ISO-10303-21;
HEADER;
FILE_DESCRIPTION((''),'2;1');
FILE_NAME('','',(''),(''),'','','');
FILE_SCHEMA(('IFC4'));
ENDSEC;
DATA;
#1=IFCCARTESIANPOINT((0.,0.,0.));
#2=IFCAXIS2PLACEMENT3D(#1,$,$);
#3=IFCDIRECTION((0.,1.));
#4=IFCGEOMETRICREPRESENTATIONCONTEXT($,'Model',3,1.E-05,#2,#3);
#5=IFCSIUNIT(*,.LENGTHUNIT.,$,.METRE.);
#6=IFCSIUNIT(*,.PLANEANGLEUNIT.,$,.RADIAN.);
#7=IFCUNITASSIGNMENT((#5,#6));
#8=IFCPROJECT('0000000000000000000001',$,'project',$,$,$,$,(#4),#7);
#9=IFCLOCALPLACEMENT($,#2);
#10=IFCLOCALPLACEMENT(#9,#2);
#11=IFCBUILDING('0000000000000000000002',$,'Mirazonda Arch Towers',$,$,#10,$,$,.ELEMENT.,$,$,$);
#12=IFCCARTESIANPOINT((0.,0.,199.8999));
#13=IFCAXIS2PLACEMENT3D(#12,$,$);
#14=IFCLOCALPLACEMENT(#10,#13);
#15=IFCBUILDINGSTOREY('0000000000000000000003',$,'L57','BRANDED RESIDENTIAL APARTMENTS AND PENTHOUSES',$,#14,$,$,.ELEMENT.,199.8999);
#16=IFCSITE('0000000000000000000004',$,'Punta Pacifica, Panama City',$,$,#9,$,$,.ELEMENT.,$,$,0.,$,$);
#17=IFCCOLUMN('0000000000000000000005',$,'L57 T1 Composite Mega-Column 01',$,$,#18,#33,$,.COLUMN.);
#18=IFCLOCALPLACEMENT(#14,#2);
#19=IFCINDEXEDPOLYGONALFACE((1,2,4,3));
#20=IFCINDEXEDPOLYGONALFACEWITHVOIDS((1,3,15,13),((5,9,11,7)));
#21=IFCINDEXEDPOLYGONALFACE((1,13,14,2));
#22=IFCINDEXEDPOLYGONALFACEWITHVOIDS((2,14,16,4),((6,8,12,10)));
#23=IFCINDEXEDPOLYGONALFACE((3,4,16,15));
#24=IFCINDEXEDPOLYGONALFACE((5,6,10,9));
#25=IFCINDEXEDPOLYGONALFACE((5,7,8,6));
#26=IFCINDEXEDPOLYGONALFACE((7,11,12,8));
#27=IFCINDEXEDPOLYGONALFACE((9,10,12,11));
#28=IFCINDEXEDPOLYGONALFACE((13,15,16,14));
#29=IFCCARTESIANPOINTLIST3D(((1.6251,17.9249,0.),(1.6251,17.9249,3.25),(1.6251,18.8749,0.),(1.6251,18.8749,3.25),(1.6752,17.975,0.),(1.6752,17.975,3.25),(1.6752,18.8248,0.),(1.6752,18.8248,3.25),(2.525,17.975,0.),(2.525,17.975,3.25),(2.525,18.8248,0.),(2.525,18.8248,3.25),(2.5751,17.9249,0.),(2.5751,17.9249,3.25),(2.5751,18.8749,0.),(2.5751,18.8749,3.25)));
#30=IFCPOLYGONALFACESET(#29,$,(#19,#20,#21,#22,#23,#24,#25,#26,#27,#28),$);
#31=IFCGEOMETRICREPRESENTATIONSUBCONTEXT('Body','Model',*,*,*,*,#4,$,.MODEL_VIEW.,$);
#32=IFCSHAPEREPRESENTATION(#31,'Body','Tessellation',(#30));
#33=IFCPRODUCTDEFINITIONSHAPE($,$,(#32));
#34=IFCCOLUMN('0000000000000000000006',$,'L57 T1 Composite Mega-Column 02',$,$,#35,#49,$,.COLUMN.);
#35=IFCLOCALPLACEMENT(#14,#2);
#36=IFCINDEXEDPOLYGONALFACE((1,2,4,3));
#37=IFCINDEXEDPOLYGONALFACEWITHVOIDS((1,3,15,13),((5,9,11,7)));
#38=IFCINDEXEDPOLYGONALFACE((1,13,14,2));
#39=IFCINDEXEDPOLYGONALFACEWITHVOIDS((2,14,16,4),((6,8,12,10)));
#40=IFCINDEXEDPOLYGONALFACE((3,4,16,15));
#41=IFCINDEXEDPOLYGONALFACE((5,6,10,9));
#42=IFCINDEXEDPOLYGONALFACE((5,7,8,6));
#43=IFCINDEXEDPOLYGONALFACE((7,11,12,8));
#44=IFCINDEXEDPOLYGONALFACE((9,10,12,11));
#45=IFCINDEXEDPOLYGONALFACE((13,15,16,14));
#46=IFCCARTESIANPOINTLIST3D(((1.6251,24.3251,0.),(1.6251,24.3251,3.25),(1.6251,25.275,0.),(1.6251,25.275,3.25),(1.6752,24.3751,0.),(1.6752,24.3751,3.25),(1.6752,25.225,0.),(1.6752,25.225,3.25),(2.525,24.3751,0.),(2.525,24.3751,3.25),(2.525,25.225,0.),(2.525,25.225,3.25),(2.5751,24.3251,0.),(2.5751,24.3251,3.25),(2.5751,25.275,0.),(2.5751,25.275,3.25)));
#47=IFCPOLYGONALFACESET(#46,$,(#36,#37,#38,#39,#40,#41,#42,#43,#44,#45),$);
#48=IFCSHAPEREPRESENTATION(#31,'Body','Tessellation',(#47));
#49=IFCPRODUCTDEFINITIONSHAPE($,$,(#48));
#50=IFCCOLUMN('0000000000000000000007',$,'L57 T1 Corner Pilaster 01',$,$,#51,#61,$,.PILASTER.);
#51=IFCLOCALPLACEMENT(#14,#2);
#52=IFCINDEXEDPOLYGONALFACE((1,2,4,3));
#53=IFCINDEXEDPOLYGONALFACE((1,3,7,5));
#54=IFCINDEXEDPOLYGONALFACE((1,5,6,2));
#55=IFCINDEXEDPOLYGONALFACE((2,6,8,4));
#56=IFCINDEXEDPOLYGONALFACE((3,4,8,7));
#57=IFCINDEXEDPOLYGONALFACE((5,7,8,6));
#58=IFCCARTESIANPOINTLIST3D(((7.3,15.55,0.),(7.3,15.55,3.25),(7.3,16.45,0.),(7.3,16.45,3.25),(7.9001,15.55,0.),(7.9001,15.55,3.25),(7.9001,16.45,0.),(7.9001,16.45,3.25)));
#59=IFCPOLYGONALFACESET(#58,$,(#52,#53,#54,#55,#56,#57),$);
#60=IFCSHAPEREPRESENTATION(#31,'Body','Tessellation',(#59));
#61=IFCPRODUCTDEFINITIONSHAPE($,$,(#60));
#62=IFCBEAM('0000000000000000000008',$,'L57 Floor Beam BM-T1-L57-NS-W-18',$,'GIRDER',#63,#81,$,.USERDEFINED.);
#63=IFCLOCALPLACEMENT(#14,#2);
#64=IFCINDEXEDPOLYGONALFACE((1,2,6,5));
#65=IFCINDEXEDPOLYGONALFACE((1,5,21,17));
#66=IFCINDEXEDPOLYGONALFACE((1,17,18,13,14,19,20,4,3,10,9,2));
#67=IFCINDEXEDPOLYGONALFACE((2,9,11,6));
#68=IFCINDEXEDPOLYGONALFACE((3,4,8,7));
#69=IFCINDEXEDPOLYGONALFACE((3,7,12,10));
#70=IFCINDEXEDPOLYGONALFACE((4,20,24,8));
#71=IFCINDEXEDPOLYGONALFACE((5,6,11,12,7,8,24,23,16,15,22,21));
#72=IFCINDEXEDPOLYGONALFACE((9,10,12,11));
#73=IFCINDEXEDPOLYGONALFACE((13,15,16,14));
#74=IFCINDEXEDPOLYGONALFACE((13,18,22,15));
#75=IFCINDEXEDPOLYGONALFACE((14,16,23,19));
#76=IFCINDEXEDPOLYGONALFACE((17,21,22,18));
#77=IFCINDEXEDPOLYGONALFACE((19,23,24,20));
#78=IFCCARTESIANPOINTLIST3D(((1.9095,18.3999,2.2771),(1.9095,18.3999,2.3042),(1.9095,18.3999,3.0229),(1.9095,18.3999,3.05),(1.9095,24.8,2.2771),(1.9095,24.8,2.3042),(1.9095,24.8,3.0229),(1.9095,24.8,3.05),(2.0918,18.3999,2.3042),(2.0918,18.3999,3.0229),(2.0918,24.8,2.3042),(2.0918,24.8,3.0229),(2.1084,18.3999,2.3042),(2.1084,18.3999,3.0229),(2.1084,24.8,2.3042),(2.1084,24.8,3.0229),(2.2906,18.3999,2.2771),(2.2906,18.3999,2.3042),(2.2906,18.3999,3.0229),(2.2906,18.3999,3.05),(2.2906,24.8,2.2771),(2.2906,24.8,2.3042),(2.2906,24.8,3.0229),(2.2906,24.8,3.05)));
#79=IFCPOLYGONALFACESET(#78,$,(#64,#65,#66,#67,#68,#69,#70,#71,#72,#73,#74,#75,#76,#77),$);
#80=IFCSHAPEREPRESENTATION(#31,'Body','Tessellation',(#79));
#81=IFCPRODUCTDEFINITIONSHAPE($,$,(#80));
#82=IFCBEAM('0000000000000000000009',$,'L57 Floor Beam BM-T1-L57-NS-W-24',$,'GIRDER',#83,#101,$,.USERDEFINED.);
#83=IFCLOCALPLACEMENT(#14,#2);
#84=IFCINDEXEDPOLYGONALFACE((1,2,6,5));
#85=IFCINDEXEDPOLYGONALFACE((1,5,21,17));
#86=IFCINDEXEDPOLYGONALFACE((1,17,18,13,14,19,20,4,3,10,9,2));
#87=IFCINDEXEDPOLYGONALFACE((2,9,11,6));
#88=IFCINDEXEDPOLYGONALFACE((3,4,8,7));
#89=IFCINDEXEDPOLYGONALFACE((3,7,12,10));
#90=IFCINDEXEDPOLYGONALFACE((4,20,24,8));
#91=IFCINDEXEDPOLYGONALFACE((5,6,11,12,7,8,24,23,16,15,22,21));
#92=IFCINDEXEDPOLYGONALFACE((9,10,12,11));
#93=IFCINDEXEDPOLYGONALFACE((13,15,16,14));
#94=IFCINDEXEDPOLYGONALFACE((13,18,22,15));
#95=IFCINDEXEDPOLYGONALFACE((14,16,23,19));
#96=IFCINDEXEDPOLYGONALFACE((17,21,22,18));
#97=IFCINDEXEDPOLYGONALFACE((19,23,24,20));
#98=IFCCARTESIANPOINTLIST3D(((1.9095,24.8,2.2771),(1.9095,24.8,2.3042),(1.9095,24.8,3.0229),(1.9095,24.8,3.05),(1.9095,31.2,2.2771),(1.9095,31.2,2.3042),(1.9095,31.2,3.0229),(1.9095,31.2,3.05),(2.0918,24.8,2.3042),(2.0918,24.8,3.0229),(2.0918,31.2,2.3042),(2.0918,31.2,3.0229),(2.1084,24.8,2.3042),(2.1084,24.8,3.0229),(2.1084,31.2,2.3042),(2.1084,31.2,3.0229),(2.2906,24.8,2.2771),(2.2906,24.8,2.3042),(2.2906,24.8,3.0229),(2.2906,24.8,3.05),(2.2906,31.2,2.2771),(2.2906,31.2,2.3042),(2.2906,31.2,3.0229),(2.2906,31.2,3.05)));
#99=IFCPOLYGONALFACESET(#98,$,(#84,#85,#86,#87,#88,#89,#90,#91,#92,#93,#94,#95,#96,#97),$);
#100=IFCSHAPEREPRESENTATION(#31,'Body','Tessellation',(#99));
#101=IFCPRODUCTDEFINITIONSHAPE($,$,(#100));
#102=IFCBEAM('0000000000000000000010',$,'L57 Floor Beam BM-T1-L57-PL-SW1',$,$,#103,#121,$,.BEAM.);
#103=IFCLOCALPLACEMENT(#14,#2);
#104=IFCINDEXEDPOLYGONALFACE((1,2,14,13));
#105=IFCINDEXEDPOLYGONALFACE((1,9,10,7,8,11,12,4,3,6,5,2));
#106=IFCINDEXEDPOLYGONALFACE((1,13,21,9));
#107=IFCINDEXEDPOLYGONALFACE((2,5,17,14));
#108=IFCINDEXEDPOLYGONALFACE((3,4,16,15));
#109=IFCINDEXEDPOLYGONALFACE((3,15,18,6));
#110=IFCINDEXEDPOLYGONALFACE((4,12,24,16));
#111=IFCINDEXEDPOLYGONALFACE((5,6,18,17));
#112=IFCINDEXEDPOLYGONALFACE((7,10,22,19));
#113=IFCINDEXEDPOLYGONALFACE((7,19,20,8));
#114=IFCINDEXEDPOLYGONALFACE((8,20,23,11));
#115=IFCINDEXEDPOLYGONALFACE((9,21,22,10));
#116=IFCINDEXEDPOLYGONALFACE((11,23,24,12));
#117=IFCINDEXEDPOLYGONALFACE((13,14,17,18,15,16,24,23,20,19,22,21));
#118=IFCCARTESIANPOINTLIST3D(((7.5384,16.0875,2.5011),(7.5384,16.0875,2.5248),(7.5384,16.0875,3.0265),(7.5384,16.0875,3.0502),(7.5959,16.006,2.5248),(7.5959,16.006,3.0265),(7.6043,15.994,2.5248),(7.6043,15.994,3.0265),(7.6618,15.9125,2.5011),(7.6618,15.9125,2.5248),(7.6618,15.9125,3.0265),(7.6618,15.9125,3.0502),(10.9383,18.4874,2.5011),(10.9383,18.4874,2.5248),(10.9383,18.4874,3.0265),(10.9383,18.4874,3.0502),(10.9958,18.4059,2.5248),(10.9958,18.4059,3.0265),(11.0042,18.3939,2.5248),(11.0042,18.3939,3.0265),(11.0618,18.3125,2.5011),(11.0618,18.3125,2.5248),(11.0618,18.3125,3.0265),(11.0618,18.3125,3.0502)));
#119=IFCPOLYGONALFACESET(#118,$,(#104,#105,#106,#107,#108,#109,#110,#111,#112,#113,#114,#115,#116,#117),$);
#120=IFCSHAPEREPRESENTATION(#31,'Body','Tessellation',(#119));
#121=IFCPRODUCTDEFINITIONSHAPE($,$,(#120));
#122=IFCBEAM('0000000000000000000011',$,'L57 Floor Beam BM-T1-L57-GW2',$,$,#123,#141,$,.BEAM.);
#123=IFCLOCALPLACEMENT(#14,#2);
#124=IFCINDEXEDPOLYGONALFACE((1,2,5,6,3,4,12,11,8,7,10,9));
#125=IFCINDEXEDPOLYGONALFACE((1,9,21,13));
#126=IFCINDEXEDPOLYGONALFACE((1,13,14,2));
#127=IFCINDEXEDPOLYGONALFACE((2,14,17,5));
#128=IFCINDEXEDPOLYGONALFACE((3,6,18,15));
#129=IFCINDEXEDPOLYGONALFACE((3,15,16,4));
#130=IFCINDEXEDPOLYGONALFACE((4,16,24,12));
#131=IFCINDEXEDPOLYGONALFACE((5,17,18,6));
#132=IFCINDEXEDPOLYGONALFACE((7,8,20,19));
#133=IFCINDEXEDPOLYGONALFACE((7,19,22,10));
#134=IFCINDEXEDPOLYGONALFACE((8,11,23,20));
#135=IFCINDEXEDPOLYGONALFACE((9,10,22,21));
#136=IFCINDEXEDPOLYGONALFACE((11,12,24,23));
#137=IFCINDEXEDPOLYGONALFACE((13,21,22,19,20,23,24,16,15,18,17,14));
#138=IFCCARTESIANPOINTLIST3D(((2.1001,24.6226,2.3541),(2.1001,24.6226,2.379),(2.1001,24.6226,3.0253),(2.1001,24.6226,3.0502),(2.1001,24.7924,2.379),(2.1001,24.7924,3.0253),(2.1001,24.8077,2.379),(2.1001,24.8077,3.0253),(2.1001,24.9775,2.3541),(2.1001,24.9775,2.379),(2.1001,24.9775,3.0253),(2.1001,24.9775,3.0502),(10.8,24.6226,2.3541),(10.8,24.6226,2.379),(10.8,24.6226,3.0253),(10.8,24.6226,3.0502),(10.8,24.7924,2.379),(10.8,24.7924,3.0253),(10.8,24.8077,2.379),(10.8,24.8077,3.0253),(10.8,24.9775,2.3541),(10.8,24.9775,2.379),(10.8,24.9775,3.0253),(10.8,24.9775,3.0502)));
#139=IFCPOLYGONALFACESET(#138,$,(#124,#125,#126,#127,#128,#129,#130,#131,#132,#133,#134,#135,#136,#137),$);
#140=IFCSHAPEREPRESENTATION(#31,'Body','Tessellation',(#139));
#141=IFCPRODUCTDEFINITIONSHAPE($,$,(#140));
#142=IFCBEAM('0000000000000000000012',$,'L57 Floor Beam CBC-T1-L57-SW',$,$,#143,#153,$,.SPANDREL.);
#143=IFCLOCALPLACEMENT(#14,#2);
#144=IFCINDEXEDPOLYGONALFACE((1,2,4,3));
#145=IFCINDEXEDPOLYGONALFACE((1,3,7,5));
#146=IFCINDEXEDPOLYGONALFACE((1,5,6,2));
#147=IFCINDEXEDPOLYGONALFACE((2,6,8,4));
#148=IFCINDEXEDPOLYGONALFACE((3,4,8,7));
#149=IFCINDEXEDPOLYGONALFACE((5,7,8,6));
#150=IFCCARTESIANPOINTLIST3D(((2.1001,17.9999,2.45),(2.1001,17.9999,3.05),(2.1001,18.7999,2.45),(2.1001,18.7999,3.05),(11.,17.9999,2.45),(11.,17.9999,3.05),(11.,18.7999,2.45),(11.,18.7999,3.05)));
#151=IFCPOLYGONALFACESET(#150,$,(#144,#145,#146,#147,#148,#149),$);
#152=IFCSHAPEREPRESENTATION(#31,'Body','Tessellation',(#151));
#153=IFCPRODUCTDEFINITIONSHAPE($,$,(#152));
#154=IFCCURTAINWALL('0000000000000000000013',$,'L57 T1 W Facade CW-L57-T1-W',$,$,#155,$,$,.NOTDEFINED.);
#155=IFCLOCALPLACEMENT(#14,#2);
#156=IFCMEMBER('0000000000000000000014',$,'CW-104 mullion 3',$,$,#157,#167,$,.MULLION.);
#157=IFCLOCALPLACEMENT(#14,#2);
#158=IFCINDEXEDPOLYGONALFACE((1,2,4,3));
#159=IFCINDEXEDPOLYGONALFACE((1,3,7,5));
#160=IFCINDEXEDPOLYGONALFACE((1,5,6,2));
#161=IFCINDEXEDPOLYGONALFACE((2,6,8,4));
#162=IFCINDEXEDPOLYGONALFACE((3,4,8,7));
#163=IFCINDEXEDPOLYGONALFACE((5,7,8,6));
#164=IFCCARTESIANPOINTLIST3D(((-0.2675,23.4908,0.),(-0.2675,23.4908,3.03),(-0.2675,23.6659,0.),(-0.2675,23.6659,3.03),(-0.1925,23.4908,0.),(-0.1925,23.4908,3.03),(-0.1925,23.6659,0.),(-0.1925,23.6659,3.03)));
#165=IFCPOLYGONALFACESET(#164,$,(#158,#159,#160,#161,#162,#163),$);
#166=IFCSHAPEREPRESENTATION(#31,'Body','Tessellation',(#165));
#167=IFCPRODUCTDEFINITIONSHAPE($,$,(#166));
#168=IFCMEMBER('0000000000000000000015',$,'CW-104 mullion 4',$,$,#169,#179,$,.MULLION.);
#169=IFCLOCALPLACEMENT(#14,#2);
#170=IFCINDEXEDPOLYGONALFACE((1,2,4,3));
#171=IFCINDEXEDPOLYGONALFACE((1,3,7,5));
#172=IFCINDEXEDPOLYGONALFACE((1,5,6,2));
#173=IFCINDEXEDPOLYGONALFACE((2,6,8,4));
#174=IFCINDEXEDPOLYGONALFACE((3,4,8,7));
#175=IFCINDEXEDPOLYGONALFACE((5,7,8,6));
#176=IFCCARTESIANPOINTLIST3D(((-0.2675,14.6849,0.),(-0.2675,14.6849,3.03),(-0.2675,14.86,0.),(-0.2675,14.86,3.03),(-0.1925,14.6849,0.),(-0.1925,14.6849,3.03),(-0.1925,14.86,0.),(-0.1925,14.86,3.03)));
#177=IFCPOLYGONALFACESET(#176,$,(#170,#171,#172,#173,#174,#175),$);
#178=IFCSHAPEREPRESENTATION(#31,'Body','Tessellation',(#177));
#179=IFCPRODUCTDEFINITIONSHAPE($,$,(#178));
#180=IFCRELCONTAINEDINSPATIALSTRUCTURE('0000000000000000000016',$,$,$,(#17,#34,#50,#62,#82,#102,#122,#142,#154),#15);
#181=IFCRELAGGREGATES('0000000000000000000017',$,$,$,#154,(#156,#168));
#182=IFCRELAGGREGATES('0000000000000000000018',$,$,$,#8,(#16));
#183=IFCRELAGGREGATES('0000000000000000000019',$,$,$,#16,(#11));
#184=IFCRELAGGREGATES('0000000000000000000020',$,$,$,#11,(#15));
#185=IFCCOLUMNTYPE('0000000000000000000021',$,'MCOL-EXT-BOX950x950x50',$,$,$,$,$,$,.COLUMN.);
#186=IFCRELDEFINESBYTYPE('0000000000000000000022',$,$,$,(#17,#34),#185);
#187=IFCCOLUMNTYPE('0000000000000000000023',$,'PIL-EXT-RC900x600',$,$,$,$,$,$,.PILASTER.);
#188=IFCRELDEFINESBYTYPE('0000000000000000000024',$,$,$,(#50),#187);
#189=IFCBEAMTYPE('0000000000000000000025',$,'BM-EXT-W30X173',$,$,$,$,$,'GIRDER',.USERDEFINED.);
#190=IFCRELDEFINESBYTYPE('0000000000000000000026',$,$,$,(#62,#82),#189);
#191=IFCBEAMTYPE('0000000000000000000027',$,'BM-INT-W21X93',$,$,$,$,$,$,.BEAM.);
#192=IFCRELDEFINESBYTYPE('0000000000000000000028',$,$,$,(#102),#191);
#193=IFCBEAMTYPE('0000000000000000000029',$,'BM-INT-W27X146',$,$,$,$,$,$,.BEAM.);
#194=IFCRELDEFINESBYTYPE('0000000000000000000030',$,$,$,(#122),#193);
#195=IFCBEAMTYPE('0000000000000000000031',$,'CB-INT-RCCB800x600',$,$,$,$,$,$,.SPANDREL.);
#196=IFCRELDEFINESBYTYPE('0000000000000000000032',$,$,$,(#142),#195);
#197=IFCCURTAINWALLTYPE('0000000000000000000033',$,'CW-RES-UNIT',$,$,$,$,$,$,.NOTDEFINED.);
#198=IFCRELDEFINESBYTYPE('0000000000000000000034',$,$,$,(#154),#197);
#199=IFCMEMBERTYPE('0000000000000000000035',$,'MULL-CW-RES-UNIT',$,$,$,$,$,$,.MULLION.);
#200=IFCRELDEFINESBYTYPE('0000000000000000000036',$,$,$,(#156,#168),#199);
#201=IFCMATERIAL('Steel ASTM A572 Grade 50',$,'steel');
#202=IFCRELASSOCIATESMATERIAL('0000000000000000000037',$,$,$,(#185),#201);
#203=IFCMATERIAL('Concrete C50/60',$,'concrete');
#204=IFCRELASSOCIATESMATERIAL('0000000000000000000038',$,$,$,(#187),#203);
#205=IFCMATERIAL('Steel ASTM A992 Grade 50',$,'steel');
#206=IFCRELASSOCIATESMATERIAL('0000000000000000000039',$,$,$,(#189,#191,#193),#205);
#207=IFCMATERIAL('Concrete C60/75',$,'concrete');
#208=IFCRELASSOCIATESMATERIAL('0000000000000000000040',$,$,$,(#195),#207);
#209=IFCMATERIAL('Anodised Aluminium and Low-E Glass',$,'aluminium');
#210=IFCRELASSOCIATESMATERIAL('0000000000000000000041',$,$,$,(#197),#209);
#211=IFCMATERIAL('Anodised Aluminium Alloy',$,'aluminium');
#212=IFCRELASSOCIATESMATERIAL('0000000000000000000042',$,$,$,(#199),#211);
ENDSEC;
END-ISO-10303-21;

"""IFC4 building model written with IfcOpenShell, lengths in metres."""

from ifc_helpers import new_model, si_unit, direction, frame, origin, origin_2d, place, context, subcontext, project, spatial, rectangle, hollow_rectangle, i_section, extrude, material, material_profile, profile_set, type_object, element, aggregate, save


model = new_model("IFC4")

# Units and contexts
model_context = context("Model", 3, precision=1e-05, world=origin(), true_north=direction((0.0, 1.0)))
body_context = subcontext(model_context, "Body", "Model", "MODEL_VIEW")
ifc_project = project(units=[si_unit("LENGTHUNIT", "METRE"), si_unit("PLANEANGLEUNIT", "RADIAN")], contexts=[model_context])

# Site, building, storey
site_placement = place(None, origin())
site = spatial("IfcSite", under=ifc_project, at=site_placement, Name="Punta Pacifica, Panama City", CompositionType="ELEMENT", RefElevation=0.0)
building_placement = place(site_placement, origin())
building = spatial("IfcBuilding", under=site, at=building_placement, Name="Mirazonda Arch Towers", CompositionType="ELEMENT")
storey_placement = place(building_placement, frame((0.0, 0.0, 199.8999)))
storey = spatial("IfcBuildingStorey", under=building, at=storey_placement, Name="L57", Description="BRANDED RESIDENTIAL APARTMENTS AND PENTHOUSES", CompositionType="ELEMENT", Elevation=199.8999)

# Columns
ifc_material_1 = material(Name="Steel ASTM A572 Grade 50", Category="steel")
ifc_material_profile_1 = material_profile(ifc_material_1, hollow_rectangle(XDim=0.95, YDim=0.95, WallThickness=0.05, at=origin_2d()), Name="BOX950x950x50")
ifc_profile_set_1 = profile_set([ifc_material_profile_1], Name="Steel ASTM A572 Grade 50")
column_type_1 = type_object("IfcColumnType", Name="MCOL-EXT-BOX950x950x50", PredefinedType="COLUMN", material=ifc_profile_set_1)
for number, where, z_axis, x_axis, name in (
    (1, (2.1001, 18.3999, 0.0), (0.0, 0.0, 1.0), (1.0, 0.0, 0.0), "L57 T1 Composite Mega-Column 01"),
    (2, (2.1001, 24.8, 0.0), (0.0, 0.0, 1.0), (1.0, 0.0, 0.0), "L57 T1 Composite Mega-Column 02"),
):
    element("IfcColumn", number, at=place(storey_placement, frame(where, z_axis=z_axis, x_axis=x_axis)), inside=storey, type_object=column_type_1, Name=name, PredefinedType="COLUMN", context=body_context, shape_type="SweptSolid", body=[
        extrude(hollow_rectangle(XDim=0.95, YDim=0.95, WallThickness=0.05, at=origin_2d()), origin(), (0.0, 0.0, 1.0), 3.25),
    ])
ifc_material_2 = material(Name="Concrete C50/60", Category="concrete")
ifc_material_profile_2 = material_profile(ifc_material_2, rectangle(XDim=0.6001, YDim=0.8999, at=origin_2d()), Name="RC900x600")
ifc_profile_set_2 = profile_set([ifc_material_profile_2], Name="Concrete C50/60")
column_type_2 = type_object("IfcColumnType", Name="PIL-EXT-RC900x600", PredefinedType="PILASTER", material=ifc_profile_set_2)
column_placement = place(storey_placement, frame((7.6001, 16.0, 0.0), z_axis=(0.0, 0.0, 1.0), x_axis=(1.0, 0.0, 0.0)))
element("IfcColumn", 3, at=column_placement, inside=storey, type_object=column_type_2, Name="L57 T1 Corner Pilaster 01", PredefinedType="PILASTER", context=body_context, shape_type="SweptSolid", body=[
    extrude(rectangle(XDim=0.6001, YDim=0.8999, at=origin_2d()), origin(), (0.0, 0.0, 1.0), 3.25),
])

# Beams
ifc_material_3 = material(Name="Steel ASTM A992 Grade 50", Category="steel")
ifc_material_profile_3 = material_profile(ifc_material_3, i_section(OverallWidth=0.3811, OverallDepth=0.7729, WebThickness=0.0166, FlangeThickness=0.0271, at=origin_2d()), Name="W30X173")
ifc_profile_set_3 = profile_set([ifc_material_profile_3], Name="Steel ASTM A992 Grade 50")
beam_type_1 = type_object("IfcBeamType", Name="BM-EXT-W30X173", ElementType="GIRDER", PredefinedType="USERDEFINED", material=ifc_profile_set_3)
beam_1_placement = place(storey_placement, frame((2.1001, 18.3999, 2.6636), z_axis=(0.0, 1.0, 0.0), x_axis=(-1.0, 0.0, 0.0)))
element("IfcBeam", 4, at=beam_1_placement, inside=storey, type_object=beam_type_1, Name="L57 Floor Beam BM-T1-L57-NS-W-18", ObjectType="GIRDER", PredefinedType="USERDEFINED", context=body_context, shape_type="SweptSolid", body=[
    extrude(i_section(OverallWidth=0.3811, OverallDepth=0.7729, WebThickness=0.0166, FlangeThickness=0.0271, at=origin_2d()), origin(), (0.0, 0.0, 1.0), 6.4001),
])
beam_2_placement = place(storey_placement, frame((2.1001, 24.8, 2.6636), z_axis=(0.0, 1.0, 0.0), x_axis=(-1.0, 0.0, 0.0)))
element("IfcBeam", 5, at=beam_2_placement, inside=storey, type_object=beam_type_1, Name="L57 Floor Beam BM-T1-L57-NS-W-24", ObjectType="GIRDER", PredefinedType="USERDEFINED", context=body_context, shape_type="SweptSolid", body=[
    extrude(i_section(OverallWidth=0.3811, OverallDepth=0.7729, WebThickness=0.0166, FlangeThickness=0.0271, at=origin_2d()), origin(), (0.0, 0.0, 1.0), 6.3999),
])
ifc_material_profile_4 = material_profile(ifc_material_3, i_section(OverallWidth=0.2141, OverallDepth=0.5491, WebThickness=0.0146, FlangeThickness=0.0237, at=origin_2d()), Name="W21X93")
ifc_profile_set_4 = profile_set([ifc_material_profile_4], Name="Steel ASTM A992 Grade 50")
beam_type_2 = type_object("IfcBeamType", Name="BM-INT-W21X93", PredefinedType="BEAM", material=ifc_profile_set_4)
beam_3_placement = place(storey_placement, frame((7.6001, 16.0, 2.7756), z_axis=(0.816971, 0.576679, 0.0), x_axis=(-0.576679, 0.816971, 0.0)))
element("IfcBeam", 6, at=beam_3_placement, inside=storey, type_object=beam_type_2, Name="L57 Floor Beam BM-T1-L57-PL-SW1", PredefinedType="BEAM", context=body_context, shape_type="SweptSolid", body=[
    extrude(i_section(OverallWidth=0.2141, OverallDepth=0.5491, WebThickness=0.0146, FlangeThickness=0.0237, at=origin_2d()), origin(), (0.0, 0.0, 1.0), 4.1616),
])
ifc_material_profile_5 = material_profile(ifc_material_3, i_section(OverallWidth=0.355, OverallDepth=0.696, WebThickness=0.0154, FlangeThickness=0.0249, at=origin_2d()), Name="W27X146")
ifc_profile_set_5 = profile_set([ifc_material_profile_5], Name="Steel ASTM A992 Grade 50")
beam_type_3 = type_object("IfcBeamType", Name="BM-INT-W27X146", PredefinedType="BEAM", material=ifc_profile_set_5)
beam_4_placement = place(storey_placement, frame((2.1001, 24.8, 2.7021), z_axis=(1.0, 0.0, 0.0), x_axis=(0.0, 1.0, 0.0)))
element("IfcBeam", 7, at=beam_4_placement, inside=storey, type_object=beam_type_3, Name="L57 Floor Beam BM-T1-L57-GW2", PredefinedType="BEAM", context=body_context, shape_type="SweptSolid", body=[
    extrude(i_section(OverallWidth=0.355, OverallDepth=0.696, WebThickness=0.0154, FlangeThickness=0.0249, at=origin_2d()), origin(), (0.0, 0.0, 1.0), 8.7),
])
ifc_material_4 = material(Name="Concrete C60/75", Category="concrete")
ifc_material_profile_6 = material_profile(ifc_material_4, rectangle(XDim=0.8, YDim=0.6001, at=origin_2d()), Name="RCCB800x600")
ifc_profile_set_6 = profile_set([ifc_material_profile_6], Name="Concrete C60/75")
beam_type_4 = type_object("IfcBeamType", Name="CB-INT-RCCB800x600", PredefinedType="SPANDREL", material=ifc_profile_set_6)
beam_5_placement = place(storey_placement, frame((2.1001, 18.3999, 2.75), z_axis=(1.0, 0.0, 0.0), x_axis=(0.0, 1.0, 0.0)))
element("IfcBeam", 8, at=beam_5_placement, inside=storey, type_object=beam_type_4, Name="L57 Floor Beam CBC-T1-L57-SW", PredefinedType="SPANDREL", context=body_context, shape_type="SweptSolid", body=[
    extrude(rectangle(XDim=0.8, YDim=0.6001, at=origin_2d()), origin(), (0.0, 0.0, 1.0), 8.8999),
])

# Curtain wall, members
ifc_material_5 = material(Name="Anodised Aluminium and Low-E Glass", Category="aluminium")
curtain_wall_type = type_object("IfcCurtainWallType", Name="CW-RES-UNIT", PredefinedType="NOTDEFINED", material=ifc_material_5)
curtain_wall_placement = place(storey_placement, origin())
curtain_wall = element("IfcCurtainWall", 9, at=curtain_wall_placement, inside=storey, type_object=curtain_wall_type, Name="L57 T1 W Facade CW-L57-T1-W", PredefinedType="NOTDEFINED")
ifc_material_6 = material(Name="Anodised Aluminium Alloy", Category="aluminium")
ifc_material_profile_7 = material_profile(ifc_material_6, rectangle(XDim=0.075, YDim=0.175, at=origin_2d()), Name="ALU-MULL-75x175")
ifc_profile_set_7 = profile_set([ifc_material_profile_7], Name="Anodised Aluminium Alloy")
member_type_1 = type_object("IfcMemberType", Name="MULL-CW-RES-UNIT", PredefinedType="MULLION", material=ifc_profile_set_7)
member_1_placement = place(storey_placement, frame((-0.23, 23.5784, 0.0), z_axis=(0.0, 0.0, 1.0), x_axis=(1.0, 0.0, 0.0)))
member_1 = element("IfcMember", 10, at=member_1_placement, type_object=member_type_1, Name="CW-104 mullion 3", PredefinedType="MULLION", context=body_context, shape_type="SweptSolid", body=[
    extrude(rectangle(XDim=0.075, YDim=0.175, at=origin_2d()), origin(), (0.0, 0.0, 1.0), 3.03),
])
member_2_placement = place(storey_placement, frame((-0.23, 14.7725, 0.0), z_axis=(0.0, 0.0, 1.0), x_axis=(1.0, 0.0, 0.0)))
member_2 = element("IfcMember", 11, at=member_2_placement, type_object=member_type_1, Name="CW-104 mullion 4", PredefinedType="MULLION", context=body_context, shape_type="SweptSolid", body=[
    extrude(rectangle(XDim=0.075, YDim=0.175, at=origin_2d()), origin(), (0.0, 0.0, 1.0), 3.03),
])
aggregate(curtain_wall, [member_1, member_2])

save(model, "model.ifc")
